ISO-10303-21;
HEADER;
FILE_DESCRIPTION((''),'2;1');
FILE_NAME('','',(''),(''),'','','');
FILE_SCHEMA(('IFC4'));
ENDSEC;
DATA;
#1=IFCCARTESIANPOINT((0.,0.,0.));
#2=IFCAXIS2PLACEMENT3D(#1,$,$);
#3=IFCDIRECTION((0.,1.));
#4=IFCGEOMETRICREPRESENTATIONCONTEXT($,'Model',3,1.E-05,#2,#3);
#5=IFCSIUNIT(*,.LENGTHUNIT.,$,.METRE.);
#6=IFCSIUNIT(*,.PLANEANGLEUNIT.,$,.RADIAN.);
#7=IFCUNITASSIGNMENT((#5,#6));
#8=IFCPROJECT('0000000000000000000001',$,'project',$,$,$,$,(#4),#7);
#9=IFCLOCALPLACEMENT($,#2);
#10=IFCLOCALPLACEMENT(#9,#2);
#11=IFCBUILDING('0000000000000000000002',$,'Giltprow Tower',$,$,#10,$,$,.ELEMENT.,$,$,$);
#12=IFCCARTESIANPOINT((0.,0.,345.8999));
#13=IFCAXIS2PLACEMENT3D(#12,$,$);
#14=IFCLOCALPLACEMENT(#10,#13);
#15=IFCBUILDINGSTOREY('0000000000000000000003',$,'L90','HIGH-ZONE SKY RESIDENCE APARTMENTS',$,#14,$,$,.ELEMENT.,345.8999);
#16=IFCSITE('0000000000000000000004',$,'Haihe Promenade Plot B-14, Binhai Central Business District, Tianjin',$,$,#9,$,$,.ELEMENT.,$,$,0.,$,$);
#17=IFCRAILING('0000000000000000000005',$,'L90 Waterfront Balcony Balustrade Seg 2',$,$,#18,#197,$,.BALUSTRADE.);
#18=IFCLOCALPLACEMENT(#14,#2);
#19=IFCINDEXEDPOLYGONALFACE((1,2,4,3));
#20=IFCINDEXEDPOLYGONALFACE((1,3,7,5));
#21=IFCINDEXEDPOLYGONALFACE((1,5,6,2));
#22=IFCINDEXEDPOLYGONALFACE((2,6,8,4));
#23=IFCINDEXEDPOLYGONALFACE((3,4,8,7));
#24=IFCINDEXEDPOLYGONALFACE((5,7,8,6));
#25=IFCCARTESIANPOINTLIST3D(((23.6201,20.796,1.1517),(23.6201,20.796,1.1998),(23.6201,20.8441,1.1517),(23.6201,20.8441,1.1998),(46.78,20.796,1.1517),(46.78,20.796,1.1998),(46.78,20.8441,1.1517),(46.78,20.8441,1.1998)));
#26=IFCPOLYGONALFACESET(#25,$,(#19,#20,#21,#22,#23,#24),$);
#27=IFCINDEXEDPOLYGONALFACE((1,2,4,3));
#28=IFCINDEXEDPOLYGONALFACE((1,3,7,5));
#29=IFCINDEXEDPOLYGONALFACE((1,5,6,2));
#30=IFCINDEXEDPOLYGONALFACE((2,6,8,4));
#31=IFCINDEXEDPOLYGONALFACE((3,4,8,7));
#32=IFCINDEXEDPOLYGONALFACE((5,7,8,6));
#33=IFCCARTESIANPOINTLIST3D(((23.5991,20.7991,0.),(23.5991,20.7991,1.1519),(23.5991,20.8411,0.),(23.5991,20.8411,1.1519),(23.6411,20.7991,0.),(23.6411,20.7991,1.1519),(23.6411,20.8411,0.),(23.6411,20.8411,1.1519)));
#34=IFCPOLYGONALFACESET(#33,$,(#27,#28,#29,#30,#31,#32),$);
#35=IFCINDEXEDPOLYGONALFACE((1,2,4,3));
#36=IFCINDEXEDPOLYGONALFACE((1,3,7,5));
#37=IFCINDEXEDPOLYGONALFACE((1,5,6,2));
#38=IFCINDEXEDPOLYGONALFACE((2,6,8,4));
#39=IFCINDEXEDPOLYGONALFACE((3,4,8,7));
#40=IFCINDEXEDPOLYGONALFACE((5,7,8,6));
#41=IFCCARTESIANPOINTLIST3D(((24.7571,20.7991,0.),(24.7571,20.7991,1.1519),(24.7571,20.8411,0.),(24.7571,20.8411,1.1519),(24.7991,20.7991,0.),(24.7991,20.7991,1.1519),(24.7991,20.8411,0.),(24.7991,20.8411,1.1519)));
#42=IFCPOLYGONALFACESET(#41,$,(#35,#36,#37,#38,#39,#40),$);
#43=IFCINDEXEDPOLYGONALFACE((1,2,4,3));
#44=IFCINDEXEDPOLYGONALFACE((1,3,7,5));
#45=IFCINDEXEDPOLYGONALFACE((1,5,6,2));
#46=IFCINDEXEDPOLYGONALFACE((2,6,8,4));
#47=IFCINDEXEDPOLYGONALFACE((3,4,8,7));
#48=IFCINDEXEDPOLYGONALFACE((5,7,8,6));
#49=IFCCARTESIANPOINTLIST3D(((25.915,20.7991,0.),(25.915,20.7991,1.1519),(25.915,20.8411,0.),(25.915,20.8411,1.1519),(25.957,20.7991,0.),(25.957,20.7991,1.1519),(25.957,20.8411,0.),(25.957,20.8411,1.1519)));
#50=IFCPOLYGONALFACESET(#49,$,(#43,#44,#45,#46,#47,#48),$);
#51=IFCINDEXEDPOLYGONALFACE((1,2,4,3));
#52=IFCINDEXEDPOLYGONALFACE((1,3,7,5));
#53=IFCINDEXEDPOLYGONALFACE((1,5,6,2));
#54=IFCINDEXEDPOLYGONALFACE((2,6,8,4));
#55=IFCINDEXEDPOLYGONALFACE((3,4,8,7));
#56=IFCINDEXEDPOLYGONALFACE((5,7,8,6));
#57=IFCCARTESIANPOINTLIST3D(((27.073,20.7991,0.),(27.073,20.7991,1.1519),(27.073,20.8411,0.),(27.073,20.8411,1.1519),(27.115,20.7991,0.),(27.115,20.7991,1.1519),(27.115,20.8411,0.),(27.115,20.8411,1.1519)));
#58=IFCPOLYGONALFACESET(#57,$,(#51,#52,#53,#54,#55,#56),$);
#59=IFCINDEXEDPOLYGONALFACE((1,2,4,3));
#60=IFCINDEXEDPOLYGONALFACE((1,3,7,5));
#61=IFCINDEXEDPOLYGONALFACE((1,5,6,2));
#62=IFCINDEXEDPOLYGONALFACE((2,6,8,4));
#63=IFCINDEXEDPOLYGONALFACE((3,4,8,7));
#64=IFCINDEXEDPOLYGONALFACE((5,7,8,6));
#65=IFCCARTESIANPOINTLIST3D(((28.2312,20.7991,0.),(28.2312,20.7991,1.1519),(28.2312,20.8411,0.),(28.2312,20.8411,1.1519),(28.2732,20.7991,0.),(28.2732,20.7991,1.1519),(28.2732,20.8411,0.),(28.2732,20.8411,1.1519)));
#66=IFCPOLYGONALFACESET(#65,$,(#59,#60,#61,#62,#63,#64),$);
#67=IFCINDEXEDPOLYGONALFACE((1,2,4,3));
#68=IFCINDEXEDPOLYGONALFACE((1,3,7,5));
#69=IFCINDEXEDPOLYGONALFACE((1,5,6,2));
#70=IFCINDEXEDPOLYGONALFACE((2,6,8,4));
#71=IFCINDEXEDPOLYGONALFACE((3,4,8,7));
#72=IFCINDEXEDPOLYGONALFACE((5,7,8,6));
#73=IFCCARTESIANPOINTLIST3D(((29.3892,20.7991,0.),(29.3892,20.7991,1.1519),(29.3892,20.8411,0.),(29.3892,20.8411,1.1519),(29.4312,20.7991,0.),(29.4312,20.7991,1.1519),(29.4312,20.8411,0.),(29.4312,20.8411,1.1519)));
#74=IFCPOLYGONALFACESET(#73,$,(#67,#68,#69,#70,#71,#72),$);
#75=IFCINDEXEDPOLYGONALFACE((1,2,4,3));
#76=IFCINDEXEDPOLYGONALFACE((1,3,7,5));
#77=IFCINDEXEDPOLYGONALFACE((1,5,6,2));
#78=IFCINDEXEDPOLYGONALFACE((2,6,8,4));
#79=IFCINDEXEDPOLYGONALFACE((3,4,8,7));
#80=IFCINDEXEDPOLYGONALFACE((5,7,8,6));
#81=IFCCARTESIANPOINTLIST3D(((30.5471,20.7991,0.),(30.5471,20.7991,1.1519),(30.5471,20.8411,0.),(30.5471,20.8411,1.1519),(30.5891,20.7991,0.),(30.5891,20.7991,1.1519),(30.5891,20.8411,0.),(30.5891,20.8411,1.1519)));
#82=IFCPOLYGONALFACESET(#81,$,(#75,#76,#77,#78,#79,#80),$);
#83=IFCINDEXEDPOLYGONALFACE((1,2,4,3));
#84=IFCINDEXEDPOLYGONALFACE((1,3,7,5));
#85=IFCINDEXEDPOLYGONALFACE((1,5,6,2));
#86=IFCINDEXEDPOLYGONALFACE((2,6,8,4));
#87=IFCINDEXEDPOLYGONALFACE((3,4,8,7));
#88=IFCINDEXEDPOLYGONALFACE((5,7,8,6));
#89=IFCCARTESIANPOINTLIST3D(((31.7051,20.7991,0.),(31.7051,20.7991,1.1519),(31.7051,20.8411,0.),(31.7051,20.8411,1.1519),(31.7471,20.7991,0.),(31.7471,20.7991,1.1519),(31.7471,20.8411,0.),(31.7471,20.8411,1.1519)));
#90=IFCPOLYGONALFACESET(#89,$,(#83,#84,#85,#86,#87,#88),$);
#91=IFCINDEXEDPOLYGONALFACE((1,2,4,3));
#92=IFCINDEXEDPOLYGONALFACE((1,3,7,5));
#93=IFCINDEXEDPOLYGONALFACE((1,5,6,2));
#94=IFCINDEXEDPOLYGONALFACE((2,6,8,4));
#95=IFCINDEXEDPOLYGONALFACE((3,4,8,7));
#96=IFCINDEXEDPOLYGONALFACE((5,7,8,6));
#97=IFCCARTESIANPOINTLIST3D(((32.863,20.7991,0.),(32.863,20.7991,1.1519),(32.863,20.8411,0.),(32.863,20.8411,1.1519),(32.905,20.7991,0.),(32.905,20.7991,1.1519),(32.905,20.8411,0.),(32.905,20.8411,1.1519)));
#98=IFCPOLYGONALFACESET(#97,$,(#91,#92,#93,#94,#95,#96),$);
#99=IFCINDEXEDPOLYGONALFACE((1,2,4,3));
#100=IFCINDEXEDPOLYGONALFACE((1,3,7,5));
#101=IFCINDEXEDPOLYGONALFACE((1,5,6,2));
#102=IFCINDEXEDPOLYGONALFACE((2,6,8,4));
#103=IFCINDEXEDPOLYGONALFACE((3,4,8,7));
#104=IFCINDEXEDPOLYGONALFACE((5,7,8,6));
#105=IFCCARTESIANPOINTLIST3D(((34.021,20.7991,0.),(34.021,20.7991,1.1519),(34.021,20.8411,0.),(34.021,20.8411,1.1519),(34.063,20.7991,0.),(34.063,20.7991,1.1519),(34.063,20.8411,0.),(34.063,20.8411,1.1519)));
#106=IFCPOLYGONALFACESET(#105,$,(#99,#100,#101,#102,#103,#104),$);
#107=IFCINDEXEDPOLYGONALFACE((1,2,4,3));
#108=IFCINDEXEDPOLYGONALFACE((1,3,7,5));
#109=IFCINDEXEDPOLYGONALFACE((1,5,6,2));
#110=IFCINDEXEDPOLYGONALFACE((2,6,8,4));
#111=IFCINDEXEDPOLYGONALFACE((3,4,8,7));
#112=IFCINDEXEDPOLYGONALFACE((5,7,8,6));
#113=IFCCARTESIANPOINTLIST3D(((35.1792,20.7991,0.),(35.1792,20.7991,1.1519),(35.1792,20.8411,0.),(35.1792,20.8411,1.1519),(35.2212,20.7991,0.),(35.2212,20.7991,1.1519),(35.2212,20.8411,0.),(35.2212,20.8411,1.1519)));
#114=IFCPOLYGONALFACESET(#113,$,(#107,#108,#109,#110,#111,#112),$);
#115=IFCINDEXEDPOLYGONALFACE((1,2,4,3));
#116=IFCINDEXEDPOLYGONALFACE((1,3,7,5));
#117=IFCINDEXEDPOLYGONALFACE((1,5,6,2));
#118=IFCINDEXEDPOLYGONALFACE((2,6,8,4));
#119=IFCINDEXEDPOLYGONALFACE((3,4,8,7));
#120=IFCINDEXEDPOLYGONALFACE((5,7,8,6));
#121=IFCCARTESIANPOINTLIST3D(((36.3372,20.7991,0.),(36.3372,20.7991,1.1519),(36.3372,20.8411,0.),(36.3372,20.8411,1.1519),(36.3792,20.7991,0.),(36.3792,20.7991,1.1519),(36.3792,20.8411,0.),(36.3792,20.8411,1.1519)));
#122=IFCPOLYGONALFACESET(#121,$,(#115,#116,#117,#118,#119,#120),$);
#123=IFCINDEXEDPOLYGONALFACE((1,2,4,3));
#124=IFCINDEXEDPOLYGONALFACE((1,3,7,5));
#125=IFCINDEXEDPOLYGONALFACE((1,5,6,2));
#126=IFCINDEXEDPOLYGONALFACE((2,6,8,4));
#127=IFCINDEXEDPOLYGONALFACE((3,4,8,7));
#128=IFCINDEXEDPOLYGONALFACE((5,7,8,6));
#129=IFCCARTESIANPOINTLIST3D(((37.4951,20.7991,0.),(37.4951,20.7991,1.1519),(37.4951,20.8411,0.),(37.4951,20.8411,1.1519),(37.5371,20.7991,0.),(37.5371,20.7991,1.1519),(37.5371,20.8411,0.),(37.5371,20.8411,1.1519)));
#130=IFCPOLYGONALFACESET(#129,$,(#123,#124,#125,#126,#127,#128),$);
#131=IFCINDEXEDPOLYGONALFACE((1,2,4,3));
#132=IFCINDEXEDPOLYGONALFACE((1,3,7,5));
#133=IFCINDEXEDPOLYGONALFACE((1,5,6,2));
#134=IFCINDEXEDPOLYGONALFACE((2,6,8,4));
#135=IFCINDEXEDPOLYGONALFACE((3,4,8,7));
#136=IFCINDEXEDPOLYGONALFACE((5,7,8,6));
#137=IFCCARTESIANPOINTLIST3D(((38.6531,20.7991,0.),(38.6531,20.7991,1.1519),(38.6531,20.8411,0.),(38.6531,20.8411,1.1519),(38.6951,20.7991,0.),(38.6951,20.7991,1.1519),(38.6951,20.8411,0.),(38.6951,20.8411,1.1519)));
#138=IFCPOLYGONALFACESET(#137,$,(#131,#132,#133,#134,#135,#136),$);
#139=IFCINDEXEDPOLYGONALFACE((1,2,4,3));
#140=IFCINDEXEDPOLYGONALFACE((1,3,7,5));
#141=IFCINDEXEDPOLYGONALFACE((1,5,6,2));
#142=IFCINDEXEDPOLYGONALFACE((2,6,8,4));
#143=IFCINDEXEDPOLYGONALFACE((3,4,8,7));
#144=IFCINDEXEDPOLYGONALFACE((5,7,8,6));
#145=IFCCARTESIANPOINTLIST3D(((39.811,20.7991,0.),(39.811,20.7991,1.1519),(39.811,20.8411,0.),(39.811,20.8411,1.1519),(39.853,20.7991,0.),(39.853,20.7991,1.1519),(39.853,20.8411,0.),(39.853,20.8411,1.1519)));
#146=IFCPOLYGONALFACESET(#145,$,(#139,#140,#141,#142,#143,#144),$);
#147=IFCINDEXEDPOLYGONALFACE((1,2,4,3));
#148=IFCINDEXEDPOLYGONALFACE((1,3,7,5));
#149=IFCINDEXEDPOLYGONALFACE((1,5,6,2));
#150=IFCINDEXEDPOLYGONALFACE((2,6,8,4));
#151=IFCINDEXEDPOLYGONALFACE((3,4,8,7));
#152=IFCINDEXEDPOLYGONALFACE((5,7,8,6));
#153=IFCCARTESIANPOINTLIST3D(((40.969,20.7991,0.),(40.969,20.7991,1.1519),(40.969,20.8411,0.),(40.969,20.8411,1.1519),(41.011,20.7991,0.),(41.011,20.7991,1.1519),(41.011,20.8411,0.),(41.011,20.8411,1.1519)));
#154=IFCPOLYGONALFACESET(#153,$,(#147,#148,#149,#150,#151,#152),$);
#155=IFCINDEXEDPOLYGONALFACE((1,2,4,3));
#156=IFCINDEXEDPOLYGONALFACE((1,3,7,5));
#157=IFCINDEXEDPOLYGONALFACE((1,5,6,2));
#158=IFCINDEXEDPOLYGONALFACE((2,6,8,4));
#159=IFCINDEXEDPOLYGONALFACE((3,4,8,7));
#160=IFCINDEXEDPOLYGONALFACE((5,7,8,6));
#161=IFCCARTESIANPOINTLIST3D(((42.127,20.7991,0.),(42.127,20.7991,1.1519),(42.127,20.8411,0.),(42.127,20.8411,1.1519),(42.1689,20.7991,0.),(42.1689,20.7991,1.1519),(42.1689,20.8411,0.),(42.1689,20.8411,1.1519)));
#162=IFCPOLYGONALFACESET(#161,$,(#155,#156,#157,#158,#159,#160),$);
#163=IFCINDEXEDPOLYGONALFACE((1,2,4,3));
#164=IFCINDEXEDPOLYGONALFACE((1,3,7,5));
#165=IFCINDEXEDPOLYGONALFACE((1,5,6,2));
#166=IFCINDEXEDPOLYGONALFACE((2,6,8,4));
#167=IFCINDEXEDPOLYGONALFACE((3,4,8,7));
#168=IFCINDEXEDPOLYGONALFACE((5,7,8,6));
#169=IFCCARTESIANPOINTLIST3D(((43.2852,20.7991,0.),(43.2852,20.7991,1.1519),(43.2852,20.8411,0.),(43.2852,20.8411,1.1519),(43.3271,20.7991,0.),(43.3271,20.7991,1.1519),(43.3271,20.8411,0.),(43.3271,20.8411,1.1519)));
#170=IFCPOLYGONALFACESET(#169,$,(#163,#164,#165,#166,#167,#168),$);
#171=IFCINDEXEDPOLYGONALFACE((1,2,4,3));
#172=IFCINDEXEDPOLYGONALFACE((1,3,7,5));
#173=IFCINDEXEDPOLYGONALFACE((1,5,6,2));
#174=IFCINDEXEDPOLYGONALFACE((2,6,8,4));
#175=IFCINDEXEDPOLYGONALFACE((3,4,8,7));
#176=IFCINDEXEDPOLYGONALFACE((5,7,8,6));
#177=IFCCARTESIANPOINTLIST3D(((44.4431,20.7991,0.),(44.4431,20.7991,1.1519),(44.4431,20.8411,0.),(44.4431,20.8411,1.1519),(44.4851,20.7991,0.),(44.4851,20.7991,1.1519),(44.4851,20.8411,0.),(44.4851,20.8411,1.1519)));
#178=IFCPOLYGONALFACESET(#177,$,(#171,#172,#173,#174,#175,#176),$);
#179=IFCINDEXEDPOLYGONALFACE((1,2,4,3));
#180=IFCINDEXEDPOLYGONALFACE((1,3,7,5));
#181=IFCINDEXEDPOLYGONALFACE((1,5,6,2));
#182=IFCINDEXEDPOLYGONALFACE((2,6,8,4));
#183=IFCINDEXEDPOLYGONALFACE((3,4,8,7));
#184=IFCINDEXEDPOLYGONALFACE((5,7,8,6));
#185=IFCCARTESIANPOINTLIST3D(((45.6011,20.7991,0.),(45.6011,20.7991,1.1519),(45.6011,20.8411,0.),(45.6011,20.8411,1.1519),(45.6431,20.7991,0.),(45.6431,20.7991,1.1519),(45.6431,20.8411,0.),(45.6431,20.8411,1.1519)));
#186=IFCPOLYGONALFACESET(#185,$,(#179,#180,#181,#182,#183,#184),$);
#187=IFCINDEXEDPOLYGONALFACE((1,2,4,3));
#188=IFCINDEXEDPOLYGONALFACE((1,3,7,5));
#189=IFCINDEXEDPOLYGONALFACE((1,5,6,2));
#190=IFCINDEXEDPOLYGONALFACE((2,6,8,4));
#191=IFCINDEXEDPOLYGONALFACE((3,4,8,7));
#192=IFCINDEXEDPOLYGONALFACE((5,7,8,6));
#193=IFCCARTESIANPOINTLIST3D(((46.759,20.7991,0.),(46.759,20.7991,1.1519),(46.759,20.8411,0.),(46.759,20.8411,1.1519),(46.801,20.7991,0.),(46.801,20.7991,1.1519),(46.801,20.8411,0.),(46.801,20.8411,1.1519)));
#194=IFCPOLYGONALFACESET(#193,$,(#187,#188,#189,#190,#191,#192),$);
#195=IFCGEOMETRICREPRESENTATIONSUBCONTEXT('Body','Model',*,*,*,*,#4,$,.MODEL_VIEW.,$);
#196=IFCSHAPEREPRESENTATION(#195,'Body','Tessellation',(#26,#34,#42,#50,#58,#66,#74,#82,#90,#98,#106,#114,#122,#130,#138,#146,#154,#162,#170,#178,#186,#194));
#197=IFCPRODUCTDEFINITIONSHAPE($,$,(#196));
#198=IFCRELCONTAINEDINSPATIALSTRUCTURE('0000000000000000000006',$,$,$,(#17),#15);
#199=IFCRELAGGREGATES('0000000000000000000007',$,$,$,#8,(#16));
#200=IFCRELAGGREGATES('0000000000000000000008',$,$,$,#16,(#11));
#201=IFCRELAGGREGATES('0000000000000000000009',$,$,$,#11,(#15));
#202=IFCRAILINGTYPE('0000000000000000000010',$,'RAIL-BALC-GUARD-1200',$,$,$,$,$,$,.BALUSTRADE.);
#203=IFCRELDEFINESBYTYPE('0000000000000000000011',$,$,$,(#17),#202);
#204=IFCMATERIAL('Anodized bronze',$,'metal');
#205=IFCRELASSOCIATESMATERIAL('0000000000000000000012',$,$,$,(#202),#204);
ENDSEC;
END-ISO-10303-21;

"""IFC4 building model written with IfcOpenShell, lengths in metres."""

from ifc_helpers import new_model, si_unit, direction, frame, origin, origin_2d, place, context, subcontext, project, spatial, rectangle, extrude, material, type_object, element, save


model = new_model("IFC4")

# Units and contexts
model_context = context("Model", 3, precision=1e-05, world=origin(), true_north=direction((0.0, 1.0)))
body_context = subcontext(model_context, "Body", "Model", "MODEL_VIEW")
ifc_project = project(units=[si_unit("LENGTHUNIT", "METRE"), si_unit("PLANEANGLEUNIT", "RADIAN")], contexts=[model_context])

# Site, building, storey
site_placement = place(None, origin())
site = spatial("IfcSite", under=ifc_project, at=site_placement, Name="Haihe Promenade Plot B-14, Binhai Central Business District, Tianjin", CompositionType="ELEMENT", RefElevation=0.0)
building_placement = place(site_placement, origin())
building = spatial("IfcBuilding", under=site, at=building_placement, Name="Giltprow Tower", CompositionType="ELEMENT")
storey_placement = place(building_placement, frame((0.0, 0.0, 345.8999)))
storey = spatial("IfcBuildingStorey", under=building, at=storey_placement, Name="L90", Description="HIGH-ZONE SKY RESIDENCE APARTMENTS", CompositionType="ELEMENT", Elevation=345.8999)

# Shared definitions
ifc_material_1 = material(Name="Anodized bronze", Category="metal")

# Railing
railing_type = type_object("IfcRailingType", Name="RAIL-BALC-GUARD-1200", PredefinedType="BALUSTRADE", material=ifc_material_1)
railing_1_placement = place(storey_placement, frame((23.6201, 20.8201, 0.0)))
element("IfcRailing", 1, at=railing_1_placement, inside=storey, type_object=railing_type, Name="L90 Waterfront Balcony Balustrade Seg 2", PredefinedType="BALUSTRADE", context=body_context, shape_type="SweptSolid", body=[
    extrude(rectangle(XDim=0.0481, YDim=0.0481, at=origin_2d()), frame((0.0, 0.0, 1.1758), z_axis=(1.0, 0.0, 0.0), x_axis=(0.0, 1.0, 0.0)), (0.0, 0.0, 1.0), 23.1599),
    extrude(rectangle(XDim=0.042, YDim=0.042, at=origin_2d()), origin(), (0.0, 0.0, 1.0), 1.1519),
    extrude(rectangle(XDim=0.042, YDim=0.042, at=origin_2d()), frame((1.158, 0.0, 0.0)), (0.0, 0.0, 1.0), 1.1519),
    extrude(rectangle(XDim=0.042, YDim=0.042, at=origin_2d()), frame((2.3159, 0.0, 0.0)), (0.0, 0.0, 1.0), 1.1519),
    extrude(rectangle(XDim=0.042, YDim=0.042, at=origin_2d()), frame((3.4739, 0.0, 0.0)), (0.0, 0.0, 1.0), 1.1519),
    extrude(rectangle(XDim=0.042, YDim=0.042, at=origin_2d()), frame((4.6321, 0.0, 0.0)), (0.0, 0.0, 1.0), 1.1519),
    extrude(rectangle(XDim=0.042, YDim=0.042, at=origin_2d()), frame((5.79, 0.0, 0.0)), (0.0, 0.0, 1.0), 1.1519),
    extrude(rectangle(XDim=0.042, YDim=0.042, at=origin_2d()), frame((6.948, 0.0, 0.0)), (0.0, 0.0, 1.0), 1.1519),
    extrude(rectangle(XDim=0.042, YDim=0.042, at=origin_2d()), frame((8.106, 0.0, 0.0)), (0.0, 0.0, 1.0), 1.1519),
    extrude(rectangle(XDim=0.042, YDim=0.042, at=origin_2d()), frame((9.2639, 0.0, 0.0)), (0.0, 0.0, 1.0), 1.1519),
    extrude(rectangle(XDim=0.042, YDim=0.042, at=origin_2d()), frame((10.4219, 0.0, 0.0)), (0.0, 0.0, 1.0), 1.1519),
    extrude(rectangle(XDim=0.042, YDim=0.042, at=origin_2d()), frame((11.5801, 0.0, 0.0)), (0.0, 0.0, 1.0), 1.1519),
    extrude(rectangle(XDim=0.042, YDim=0.042, at=origin_2d()), frame((12.738, 0.0, 0.0)), (0.0, 0.0, 1.0), 1.1519),
    extrude(rectangle(XDim=0.042, YDim=0.042, at=origin_2d()), frame((13.896, 0.0, 0.0)), (0.0, 0.0, 1.0), 1.1519),
    extrude(rectangle(XDim=0.042, YDim=0.042, at=origin_2d()), frame((15.054, 0.0, 0.0)), (0.0, 0.0, 1.0), 1.1519),
    extrude(rectangle(XDim=0.042, YDim=0.042, at=origin_2d()), frame((16.2119, 0.0, 0.0)), (0.0, 0.0, 1.0), 1.1519),
    extrude(rectangle(XDim=0.042, YDim=0.042, at=origin_2d()), frame((17.3699, 0.0, 0.0)), (0.0, 0.0, 1.0), 1.1519),
    extrude(rectangle(XDim=0.042, YDim=0.042, at=origin_2d()), frame((18.5278, 0.0, 0.0)), (0.0, 0.0, 1.0), 1.1519),
    extrude(rectangle(XDim=0.042, YDim=0.042, at=origin_2d()), frame((19.686, 0.0, 0.0)), (0.0, 0.0, 1.0), 1.1519),
    extrude(rectangle(XDim=0.042, YDim=0.042, at=origin_2d()), frame((20.844, 0.0, 0.0)), (0.0, 0.0, 1.0), 1.1519),
    extrude(rectangle(XDim=0.042, YDim=0.042, at=origin_2d()), frame((22.002, 0.0, 0.0)), (0.0, 0.0, 1.0), 1.1519),
    extrude(rectangle(XDim=0.042, YDim=0.042, at=origin_2d()), frame((23.1599, 0.0, 0.0)), (0.0, 0.0, 1.0), 1.1519),
])

save(model, "model.ifc")
